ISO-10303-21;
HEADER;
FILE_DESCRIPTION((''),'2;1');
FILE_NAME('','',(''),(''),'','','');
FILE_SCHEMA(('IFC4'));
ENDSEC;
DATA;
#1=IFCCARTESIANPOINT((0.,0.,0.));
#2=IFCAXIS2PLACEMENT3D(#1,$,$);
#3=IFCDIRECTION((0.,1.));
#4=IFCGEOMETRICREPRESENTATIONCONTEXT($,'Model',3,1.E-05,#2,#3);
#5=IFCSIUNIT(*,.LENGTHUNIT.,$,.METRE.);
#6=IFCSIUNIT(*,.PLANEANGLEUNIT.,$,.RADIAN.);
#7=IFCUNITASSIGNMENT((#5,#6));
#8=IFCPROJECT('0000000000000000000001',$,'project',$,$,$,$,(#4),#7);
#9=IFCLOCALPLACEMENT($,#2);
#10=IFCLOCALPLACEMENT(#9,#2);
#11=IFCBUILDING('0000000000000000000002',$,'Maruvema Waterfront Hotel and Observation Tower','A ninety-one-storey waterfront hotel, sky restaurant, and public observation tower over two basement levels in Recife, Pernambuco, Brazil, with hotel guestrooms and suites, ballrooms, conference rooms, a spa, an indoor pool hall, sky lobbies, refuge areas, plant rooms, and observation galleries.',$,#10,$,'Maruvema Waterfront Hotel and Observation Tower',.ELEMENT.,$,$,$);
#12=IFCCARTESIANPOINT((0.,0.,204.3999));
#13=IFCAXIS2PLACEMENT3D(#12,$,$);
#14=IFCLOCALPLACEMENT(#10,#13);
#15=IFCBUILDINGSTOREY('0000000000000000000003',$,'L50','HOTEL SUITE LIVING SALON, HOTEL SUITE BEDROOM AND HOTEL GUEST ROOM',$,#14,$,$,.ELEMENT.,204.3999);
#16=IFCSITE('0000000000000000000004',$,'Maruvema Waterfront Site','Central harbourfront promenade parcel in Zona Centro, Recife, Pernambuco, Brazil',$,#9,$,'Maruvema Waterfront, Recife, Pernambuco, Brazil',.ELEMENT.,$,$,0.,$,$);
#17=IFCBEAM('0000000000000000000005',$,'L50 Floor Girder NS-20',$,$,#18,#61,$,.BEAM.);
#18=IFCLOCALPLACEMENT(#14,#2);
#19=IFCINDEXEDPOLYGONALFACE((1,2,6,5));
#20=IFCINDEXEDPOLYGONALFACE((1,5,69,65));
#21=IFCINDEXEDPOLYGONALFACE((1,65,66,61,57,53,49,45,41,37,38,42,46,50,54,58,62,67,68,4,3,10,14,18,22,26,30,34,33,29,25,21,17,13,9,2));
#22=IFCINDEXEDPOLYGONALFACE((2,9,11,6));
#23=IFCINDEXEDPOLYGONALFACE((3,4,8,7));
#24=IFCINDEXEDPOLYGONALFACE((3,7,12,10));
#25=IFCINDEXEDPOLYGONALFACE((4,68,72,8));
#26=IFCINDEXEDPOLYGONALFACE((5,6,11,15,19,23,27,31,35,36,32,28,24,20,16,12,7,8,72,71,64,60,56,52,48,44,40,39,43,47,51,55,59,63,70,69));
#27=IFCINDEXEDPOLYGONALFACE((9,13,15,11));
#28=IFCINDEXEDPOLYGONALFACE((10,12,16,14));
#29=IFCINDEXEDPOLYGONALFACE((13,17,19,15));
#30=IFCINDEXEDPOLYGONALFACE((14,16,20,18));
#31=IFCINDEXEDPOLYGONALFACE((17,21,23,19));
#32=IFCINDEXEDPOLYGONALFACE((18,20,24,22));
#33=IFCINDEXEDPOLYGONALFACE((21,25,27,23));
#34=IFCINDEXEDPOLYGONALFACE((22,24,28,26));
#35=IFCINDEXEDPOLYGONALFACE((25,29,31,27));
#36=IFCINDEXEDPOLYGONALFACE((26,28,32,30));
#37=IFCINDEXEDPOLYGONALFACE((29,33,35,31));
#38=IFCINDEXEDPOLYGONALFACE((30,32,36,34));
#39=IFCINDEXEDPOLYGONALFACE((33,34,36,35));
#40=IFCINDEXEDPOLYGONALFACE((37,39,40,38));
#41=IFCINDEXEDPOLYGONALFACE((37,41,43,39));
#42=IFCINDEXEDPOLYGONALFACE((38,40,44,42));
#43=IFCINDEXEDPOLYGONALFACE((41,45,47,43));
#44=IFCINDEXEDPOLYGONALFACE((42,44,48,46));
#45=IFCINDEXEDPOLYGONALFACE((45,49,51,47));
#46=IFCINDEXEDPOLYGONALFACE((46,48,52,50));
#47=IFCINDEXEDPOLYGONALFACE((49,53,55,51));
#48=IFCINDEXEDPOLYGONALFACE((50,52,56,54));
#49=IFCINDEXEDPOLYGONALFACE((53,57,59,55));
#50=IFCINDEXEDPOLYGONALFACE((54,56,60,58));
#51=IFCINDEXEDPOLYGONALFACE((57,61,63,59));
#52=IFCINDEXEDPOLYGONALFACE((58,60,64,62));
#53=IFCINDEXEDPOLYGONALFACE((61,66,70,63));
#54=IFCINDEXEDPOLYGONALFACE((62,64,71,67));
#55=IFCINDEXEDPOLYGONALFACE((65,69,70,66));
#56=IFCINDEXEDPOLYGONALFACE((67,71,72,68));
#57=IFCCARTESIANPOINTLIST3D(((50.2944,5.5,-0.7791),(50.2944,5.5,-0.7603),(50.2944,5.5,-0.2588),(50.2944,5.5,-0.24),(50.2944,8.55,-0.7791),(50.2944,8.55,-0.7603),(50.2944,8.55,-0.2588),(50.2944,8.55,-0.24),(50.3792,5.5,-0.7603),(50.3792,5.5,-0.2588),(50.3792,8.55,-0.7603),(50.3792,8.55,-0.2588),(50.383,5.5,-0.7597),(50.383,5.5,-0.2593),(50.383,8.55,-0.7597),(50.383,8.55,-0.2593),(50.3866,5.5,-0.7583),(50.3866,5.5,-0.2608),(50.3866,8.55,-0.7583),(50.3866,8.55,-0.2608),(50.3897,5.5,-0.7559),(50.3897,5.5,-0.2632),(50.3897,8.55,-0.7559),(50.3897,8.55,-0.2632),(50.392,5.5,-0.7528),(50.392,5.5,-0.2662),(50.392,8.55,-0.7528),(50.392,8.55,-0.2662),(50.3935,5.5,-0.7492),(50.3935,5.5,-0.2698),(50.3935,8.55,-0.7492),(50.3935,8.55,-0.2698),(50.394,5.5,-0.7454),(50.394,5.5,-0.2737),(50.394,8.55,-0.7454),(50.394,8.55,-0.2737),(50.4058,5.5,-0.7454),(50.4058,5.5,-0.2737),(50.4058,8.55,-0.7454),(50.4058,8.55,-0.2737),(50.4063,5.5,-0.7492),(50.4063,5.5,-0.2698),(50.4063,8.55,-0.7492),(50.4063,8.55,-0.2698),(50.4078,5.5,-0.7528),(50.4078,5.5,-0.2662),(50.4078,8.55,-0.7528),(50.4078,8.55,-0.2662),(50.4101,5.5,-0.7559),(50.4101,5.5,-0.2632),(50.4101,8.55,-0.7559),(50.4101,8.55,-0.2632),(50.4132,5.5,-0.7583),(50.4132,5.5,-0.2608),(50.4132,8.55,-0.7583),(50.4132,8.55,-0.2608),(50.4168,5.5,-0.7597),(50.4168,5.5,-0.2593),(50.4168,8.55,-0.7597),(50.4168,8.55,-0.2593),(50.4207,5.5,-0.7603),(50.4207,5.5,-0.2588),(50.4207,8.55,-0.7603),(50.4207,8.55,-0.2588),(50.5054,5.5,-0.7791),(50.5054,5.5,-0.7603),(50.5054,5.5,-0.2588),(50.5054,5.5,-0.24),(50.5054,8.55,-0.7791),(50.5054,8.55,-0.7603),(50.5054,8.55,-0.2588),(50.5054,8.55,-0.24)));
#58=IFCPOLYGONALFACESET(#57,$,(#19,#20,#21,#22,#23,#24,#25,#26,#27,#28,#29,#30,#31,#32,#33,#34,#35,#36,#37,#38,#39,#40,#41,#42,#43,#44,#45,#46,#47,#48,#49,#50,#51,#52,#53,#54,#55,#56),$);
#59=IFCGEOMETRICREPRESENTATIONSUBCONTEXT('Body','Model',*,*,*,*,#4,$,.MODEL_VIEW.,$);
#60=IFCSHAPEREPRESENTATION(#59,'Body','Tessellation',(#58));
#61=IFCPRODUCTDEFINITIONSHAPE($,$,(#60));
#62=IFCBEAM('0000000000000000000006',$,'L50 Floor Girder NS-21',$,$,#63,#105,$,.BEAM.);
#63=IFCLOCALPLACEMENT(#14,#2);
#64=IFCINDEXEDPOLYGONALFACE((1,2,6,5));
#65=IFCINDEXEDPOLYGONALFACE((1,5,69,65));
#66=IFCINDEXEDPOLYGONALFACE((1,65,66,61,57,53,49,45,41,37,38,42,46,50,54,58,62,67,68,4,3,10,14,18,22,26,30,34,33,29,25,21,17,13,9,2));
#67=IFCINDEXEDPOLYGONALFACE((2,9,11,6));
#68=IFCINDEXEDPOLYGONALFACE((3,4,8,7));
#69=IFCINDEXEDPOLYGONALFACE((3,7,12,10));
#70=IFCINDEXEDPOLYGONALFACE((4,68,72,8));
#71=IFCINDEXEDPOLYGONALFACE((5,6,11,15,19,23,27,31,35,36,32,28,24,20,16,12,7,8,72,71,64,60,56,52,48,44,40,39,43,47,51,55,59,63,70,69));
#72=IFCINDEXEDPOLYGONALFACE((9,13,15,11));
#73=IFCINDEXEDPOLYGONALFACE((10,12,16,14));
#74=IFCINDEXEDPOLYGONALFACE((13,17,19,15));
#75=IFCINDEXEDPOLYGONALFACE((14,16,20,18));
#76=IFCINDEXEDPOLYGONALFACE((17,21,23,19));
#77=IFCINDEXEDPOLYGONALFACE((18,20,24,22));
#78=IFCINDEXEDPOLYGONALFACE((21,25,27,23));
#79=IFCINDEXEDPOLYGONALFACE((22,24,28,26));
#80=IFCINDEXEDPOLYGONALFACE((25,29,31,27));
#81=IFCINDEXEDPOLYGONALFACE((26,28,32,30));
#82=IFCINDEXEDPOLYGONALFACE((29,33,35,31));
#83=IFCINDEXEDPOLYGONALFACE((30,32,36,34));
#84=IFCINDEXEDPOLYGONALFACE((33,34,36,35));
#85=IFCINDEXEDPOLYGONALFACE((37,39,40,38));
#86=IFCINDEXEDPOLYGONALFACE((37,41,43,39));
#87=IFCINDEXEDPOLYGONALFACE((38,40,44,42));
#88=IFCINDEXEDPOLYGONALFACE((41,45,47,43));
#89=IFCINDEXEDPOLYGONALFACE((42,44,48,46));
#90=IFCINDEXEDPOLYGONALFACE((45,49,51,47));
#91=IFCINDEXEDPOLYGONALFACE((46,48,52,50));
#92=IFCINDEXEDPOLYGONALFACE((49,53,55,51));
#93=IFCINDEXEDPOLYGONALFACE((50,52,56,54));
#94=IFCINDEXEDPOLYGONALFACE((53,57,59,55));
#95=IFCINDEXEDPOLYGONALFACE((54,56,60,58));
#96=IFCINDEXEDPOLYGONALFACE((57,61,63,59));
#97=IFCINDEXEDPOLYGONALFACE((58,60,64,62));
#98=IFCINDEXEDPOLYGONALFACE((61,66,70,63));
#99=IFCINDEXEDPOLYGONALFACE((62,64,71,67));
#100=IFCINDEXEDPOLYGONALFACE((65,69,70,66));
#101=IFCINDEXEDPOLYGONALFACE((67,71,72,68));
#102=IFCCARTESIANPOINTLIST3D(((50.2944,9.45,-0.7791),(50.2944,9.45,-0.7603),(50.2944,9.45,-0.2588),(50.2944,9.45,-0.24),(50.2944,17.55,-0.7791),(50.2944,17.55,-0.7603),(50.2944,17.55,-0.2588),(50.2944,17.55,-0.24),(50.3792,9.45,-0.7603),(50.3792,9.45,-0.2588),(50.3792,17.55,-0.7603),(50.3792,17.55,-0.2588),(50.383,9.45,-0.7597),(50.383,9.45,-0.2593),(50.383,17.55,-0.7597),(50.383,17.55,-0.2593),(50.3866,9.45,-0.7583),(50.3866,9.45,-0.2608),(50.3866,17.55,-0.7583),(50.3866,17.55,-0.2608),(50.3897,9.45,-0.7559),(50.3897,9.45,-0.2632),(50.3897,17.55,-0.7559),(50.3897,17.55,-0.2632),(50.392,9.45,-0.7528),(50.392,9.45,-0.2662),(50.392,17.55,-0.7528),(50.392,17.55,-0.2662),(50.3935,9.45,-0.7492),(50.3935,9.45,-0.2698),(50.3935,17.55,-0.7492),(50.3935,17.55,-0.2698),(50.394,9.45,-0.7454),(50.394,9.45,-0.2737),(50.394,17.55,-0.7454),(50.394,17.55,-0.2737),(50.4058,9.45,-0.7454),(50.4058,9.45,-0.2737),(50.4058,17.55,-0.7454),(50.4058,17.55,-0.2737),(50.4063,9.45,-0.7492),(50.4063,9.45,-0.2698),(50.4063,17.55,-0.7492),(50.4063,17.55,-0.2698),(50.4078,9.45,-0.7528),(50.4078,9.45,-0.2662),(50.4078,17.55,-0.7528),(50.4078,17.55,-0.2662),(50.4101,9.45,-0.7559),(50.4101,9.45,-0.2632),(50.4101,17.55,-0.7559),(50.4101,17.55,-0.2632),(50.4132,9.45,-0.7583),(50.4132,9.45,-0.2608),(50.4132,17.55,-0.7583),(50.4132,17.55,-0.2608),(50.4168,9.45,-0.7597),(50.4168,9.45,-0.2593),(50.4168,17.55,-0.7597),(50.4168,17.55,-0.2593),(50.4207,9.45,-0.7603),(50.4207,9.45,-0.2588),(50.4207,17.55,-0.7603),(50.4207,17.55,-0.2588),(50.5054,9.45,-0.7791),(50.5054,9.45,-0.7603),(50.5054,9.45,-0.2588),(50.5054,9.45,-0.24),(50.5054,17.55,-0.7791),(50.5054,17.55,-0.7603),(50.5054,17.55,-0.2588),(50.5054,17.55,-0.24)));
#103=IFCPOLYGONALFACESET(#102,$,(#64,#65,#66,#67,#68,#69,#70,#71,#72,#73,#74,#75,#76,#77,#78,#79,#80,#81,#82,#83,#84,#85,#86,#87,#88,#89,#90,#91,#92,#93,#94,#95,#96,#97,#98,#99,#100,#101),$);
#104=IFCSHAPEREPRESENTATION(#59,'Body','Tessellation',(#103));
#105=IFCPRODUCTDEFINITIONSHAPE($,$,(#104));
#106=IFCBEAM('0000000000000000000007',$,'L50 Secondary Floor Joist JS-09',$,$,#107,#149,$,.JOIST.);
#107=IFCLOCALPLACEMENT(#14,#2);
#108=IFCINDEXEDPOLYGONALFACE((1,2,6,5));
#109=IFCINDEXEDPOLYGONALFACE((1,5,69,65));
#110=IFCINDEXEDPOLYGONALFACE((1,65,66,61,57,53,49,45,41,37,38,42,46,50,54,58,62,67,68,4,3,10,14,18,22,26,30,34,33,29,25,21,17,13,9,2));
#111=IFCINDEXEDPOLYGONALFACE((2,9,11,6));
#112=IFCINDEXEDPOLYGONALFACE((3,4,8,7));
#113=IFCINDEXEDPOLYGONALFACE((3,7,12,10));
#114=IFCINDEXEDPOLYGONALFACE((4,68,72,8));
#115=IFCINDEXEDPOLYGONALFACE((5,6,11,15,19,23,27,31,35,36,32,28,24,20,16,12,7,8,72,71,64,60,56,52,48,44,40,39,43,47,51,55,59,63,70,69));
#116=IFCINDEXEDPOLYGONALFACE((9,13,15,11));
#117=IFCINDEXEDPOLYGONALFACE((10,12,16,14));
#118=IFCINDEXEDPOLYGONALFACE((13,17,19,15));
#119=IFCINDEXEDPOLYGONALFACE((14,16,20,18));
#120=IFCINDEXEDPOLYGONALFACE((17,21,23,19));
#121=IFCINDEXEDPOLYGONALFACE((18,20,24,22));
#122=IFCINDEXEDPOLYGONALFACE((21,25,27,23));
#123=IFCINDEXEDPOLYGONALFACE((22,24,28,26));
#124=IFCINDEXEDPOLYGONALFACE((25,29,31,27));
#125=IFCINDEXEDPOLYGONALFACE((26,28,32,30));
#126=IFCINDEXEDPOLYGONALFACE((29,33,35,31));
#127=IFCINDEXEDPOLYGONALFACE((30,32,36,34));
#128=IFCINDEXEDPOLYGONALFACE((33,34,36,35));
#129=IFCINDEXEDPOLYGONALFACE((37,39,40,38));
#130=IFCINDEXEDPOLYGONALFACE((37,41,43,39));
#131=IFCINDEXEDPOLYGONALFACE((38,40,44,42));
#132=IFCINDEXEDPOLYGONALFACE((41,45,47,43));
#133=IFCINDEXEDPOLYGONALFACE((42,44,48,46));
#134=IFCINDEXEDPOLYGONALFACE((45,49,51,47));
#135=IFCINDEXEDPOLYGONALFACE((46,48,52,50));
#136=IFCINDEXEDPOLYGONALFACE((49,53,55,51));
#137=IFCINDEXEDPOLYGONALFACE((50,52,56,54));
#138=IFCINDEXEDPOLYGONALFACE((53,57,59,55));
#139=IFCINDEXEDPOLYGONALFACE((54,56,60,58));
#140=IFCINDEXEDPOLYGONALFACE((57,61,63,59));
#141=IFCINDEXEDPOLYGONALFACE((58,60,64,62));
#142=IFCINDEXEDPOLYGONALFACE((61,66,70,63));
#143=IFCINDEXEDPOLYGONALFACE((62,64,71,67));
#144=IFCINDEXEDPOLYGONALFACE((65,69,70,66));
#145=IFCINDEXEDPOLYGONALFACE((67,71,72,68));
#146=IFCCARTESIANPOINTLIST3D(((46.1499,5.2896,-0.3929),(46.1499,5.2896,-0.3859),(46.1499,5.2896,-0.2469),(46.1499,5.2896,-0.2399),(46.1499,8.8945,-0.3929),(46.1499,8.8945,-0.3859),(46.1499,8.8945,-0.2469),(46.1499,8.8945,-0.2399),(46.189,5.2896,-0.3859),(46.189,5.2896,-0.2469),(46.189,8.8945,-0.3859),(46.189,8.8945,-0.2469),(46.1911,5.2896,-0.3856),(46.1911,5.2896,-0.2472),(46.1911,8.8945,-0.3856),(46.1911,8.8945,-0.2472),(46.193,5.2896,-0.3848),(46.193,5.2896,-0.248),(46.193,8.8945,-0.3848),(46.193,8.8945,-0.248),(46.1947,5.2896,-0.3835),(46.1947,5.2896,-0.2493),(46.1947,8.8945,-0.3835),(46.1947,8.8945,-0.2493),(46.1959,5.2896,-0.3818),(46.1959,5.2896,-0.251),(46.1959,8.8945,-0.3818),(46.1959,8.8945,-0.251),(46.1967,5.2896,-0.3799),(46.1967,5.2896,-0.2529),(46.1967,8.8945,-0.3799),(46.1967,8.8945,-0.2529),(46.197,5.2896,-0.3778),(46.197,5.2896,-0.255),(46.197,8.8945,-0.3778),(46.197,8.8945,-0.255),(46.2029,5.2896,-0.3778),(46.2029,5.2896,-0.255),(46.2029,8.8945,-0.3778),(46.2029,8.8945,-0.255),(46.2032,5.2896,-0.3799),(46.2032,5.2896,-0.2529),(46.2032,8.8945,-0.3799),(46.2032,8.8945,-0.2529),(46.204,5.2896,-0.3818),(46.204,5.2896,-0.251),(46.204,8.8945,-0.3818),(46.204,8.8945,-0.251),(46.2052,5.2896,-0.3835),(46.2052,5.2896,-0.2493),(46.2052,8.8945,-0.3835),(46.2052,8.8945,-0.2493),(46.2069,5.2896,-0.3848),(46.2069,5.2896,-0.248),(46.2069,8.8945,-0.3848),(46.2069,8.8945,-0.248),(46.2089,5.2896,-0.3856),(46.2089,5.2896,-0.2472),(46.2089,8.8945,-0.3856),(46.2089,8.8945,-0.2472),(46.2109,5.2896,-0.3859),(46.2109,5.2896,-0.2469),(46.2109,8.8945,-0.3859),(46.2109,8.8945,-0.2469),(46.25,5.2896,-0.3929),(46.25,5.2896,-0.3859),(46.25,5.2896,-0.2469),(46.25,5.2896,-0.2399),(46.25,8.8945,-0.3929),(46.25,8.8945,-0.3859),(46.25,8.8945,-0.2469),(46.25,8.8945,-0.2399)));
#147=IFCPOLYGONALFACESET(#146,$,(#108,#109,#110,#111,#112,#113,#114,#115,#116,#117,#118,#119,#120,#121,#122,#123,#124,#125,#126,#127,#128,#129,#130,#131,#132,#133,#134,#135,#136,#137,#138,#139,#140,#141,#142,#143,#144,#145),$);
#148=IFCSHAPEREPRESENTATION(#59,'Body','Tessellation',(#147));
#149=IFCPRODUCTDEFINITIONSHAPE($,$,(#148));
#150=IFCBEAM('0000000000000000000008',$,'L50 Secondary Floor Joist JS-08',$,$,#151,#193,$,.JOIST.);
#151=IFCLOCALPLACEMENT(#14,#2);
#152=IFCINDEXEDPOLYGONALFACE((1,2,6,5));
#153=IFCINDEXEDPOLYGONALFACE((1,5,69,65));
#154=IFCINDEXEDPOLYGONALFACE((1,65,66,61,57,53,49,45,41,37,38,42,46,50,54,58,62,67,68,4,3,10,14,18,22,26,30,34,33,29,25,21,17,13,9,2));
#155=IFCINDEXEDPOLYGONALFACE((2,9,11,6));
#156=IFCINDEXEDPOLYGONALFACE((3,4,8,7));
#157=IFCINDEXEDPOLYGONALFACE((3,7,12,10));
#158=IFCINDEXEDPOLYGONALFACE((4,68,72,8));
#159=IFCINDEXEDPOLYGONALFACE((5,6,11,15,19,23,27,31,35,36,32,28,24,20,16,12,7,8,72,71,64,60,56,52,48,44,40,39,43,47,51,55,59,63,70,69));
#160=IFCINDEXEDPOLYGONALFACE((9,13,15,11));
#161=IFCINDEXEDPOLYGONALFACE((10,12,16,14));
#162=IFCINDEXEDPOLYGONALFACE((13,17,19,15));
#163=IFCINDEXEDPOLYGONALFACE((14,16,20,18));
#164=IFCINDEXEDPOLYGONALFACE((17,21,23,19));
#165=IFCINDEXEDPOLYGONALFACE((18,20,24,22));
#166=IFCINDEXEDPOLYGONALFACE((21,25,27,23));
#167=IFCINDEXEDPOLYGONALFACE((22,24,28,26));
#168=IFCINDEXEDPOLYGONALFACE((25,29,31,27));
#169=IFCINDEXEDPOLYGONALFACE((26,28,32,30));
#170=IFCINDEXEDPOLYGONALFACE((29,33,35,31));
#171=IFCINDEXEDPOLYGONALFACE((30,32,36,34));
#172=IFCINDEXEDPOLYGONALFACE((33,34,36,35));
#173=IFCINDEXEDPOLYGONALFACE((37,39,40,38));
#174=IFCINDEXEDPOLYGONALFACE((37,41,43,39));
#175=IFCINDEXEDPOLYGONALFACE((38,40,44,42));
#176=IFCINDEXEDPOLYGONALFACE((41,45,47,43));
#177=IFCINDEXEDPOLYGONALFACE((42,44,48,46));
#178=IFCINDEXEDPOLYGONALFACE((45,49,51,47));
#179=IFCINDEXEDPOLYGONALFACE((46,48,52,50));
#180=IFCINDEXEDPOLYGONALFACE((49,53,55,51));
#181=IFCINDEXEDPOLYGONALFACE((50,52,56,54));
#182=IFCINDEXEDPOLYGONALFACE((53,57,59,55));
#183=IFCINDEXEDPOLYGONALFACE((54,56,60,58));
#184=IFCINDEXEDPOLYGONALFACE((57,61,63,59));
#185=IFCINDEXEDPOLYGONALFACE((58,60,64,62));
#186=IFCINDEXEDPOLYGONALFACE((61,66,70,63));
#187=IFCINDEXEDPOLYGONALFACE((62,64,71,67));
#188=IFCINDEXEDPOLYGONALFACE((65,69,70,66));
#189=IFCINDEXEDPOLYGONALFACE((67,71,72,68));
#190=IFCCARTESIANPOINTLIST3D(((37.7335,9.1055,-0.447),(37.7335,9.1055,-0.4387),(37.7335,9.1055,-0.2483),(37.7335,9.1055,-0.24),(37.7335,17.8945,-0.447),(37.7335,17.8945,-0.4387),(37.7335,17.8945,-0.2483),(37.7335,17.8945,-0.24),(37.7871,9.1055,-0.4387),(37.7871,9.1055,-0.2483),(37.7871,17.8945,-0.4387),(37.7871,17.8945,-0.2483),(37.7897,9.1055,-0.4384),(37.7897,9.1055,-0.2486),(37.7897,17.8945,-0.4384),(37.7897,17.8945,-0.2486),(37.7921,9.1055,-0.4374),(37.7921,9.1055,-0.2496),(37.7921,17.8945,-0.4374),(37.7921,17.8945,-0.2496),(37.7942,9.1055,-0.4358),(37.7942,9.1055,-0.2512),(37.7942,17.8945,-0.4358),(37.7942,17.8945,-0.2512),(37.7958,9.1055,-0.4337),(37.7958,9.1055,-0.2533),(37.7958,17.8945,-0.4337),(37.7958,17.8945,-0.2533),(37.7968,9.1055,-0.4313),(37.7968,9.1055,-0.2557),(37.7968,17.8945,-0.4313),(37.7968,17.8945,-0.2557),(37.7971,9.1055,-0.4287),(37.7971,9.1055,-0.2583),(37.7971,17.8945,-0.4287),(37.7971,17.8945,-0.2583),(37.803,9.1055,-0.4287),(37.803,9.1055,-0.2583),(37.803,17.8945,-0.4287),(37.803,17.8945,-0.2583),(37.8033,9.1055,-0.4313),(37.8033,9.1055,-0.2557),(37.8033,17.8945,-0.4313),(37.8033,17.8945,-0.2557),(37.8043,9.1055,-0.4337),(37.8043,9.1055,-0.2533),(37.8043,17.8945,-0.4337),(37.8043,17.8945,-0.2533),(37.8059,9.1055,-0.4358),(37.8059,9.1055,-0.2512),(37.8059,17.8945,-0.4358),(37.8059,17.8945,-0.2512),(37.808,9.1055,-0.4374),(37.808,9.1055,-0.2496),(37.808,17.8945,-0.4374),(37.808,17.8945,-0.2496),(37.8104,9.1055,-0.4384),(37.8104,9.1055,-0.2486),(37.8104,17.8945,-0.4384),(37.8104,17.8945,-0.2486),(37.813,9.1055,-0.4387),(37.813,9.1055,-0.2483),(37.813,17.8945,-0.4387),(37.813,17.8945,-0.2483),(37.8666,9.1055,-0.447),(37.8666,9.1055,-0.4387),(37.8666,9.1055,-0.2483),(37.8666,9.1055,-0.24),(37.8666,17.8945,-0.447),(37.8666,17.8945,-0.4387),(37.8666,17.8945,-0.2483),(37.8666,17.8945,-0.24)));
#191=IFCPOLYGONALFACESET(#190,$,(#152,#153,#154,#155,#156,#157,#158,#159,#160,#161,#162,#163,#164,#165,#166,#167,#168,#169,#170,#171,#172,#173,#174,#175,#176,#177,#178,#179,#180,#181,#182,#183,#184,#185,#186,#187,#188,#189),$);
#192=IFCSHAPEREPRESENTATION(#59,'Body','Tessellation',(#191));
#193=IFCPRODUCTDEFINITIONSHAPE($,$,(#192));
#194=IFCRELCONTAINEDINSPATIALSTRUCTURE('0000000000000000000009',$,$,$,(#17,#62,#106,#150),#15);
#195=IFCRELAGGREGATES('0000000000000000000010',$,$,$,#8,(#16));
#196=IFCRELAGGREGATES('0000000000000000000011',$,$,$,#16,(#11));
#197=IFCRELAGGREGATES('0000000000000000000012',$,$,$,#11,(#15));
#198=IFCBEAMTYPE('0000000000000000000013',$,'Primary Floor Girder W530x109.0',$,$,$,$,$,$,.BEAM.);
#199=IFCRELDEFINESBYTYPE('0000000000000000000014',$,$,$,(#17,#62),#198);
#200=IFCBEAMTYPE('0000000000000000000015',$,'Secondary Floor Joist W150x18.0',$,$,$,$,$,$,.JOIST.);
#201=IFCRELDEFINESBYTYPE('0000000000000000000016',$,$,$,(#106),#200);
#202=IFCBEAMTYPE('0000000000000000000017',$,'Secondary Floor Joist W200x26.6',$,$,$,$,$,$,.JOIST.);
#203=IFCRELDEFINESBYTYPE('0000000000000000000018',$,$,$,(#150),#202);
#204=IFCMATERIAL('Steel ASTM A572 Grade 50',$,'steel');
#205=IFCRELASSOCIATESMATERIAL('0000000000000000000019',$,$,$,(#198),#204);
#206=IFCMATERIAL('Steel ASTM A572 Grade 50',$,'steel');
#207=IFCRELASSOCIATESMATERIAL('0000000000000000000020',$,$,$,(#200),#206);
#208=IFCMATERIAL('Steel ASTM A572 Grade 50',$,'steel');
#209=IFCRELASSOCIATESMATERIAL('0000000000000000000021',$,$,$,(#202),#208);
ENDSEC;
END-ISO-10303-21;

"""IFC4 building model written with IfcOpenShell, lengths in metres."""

from ifc_helpers import new_model, si_unit, direction, frame, origin, origin_2d, place, context, subcontext, project, spatial, i_section, extrude, material, material_profile, profile_set, type_object, element, save


model = new_model("IFC4")

# Units and contexts
model_context = context("Model", 3, precision=1e-05, world=origin(), true_north=direction((0.0, 1.0)))
body_context = subcontext(model_context, "Body", "Model", "MODEL_VIEW")
ifc_project = project(units=[si_unit("LENGTHUNIT", "METRE"), si_unit("PLANEANGLEUNIT", "RADIAN")], contexts=[model_context])

# Site, building, storey
site_placement = place(None, origin())
site = spatial("IfcSite", under=ifc_project, at=site_placement, Name="Maruvema Waterfront Site", Description="Central harbourfront promenade parcel in Zona Centro, Recife, Pernambuco, Brazil", LongName="Maruvema Waterfront, Recife, Pernambuco, Brazil", CompositionType="ELEMENT", RefElevation=0.0)
building_placement = place(site_placement, origin())
building = spatial("IfcBuilding", under=site, at=building_placement, Name="Maruvema Waterfront Hotel and Observation Tower", Description="A ninety-one-storey waterfront hotel, sky restaurant, and public observation tower over two basement levels in Recife, Pernambuco, Brazil, with hotel guestrooms and suites, ballrooms, conference rooms, a spa, an indoor pool hall, sky lobbies, refuge areas, plant rooms, and observation galleries.", LongName="Maruvema Waterfront Hotel and Observation Tower", CompositionType="ELEMENT")
storey_placement = place(building_placement, frame((0.0, 0.0, 204.3999)))
storey = spatial("IfcBuildingStorey", under=building, at=storey_placement, Name="L50", Description="HOTEL SUITE LIVING SALON, HOTEL SUITE BEDROOM AND HOTEL GUEST ROOM", CompositionType="ELEMENT", Elevation=204.3999)

# Beams
ifc_material_1 = material(Name="Steel ASTM A572 Grade 50", Category="steel")
ifc_material_profile_1 = material_profile(ifc_material_1, i_section(OverallWidth=0.2109, OverallDepth=0.5391, WebThickness=0.0117, FlangeThickness=0.0188, FilletRadius=0.0149, at=origin_2d()), Name="W530x109.0")
ifc_profile_set_1 = profile_set([ifc_material_profile_1], Name="Steel ASTM A572 Grade 50")
beam_type_1 = type_object("IfcBeamType", Name="Primary Floor Girder W530x109.0", PredefinedType="BEAM", material=ifc_profile_set_1)
beam_1_placement = place(storey_placement, frame((50.3999, 5.5, -0.5095), z_axis=(0.0, 1.0, 0.0), x_axis=(-1.0, 0.0, 0.0)))
element("IfcBeam", 1, at=beam_1_placement, inside=storey, type_object=beam_type_1, Name="L50 Floor Girder NS-20", PredefinedType="BEAM", context=body_context, shape_type="SweptSolid", body=[
    extrude(i_section(OverallWidth=0.2109, OverallDepth=0.5391, WebThickness=0.0117, FlangeThickness=0.0188, FilletRadius=0.0149, at=origin_2d()), origin(), (0.0, 0.0, 1.0), 3.05),
])
beam_2_placement = place(storey_placement, frame((50.3999, 9.45, -0.5095), z_axis=(0.0, 1.0, 0.0), x_axis=(-1.0, 0.0, 0.0)))
element("IfcBeam", 2, at=beam_2_placement, inside=storey, type_object=beam_type_1, Name="L50 Floor Girder NS-21", PredefinedType="BEAM", context=body_context, shape_type="SweptSolid", body=[
    extrude(i_section(OverallWidth=0.2109, OverallDepth=0.5391, WebThickness=0.0117, FlangeThickness=0.0188, FilletRadius=0.0149, at=origin_2d()), origin(), (0.0, 0.0, 1.0), 8.1001),
])
ifc_material_2 = material(Name="Steel ASTM A572 Grade 50", Category="steel")
ifc_material_profile_2 = material_profile(ifc_material_2, i_section(OverallWidth=0.1001, OverallDepth=0.1531, WebThickness=0.0059, FlangeThickness=0.0071, FilletRadius=0.0081, at=origin_2d()), Name="W150x18.0")
ifc_profile_set_2 = profile_set([ifc_material_profile_2], Name="Steel ASTM A572 Grade 50")
beam_type_2 = type_object("IfcBeamType", Name="Secondary Floor Joist W150x18.0", PredefinedType="JOIST", material=ifc_profile_set_2)
beam_3_placement = place(storey_placement, frame((46.2, 5.2896, -0.3164), z_axis=(0.0, 1.0, 0.0), x_axis=(-1.0, 0.0, 0.0)))
element("IfcBeam", 3, at=beam_3_placement, inside=storey, type_object=beam_type_2, Name="L50 Secondary Floor Joist JS-09", PredefinedType="JOIST", context=body_context, shape_type="SweptSolid", body=[
    extrude(i_section(OverallWidth=0.1001, OverallDepth=0.1531, WebThickness=0.0059, FlangeThickness=0.0071, FilletRadius=0.0081, at=origin_2d()), origin(), (0.0, 0.0, 1.0), 3.605),
])
ifc_material_3 = material(Name="Steel ASTM A572 Grade 50", Category="steel")
ifc_material_profile_3 = material_profile(ifc_material_3, i_section(OverallWidth=0.1331, OverallDepth=0.207, WebThickness=0.0059, FlangeThickness=0.0083, FilletRadius=0.01, at=origin_2d()), Name="W200x26.6")
ifc_profile_set_3 = profile_set([ifc_material_profile_3], Name="Steel ASTM A572 Grade 50")
beam_type_3 = type_object("IfcBeamType", Name="Secondary Floor Joist W200x26.6", PredefinedType="JOIST", material=ifc_profile_set_3)
beam_4_placement = place(storey_placement, frame((37.8, 9.1055, -0.3435), z_axis=(0.0, 1.0, 0.0), x_axis=(-1.0, 0.0, 0.0)))
element("IfcBeam", 4, at=beam_4_placement, inside=storey, type_object=beam_type_3, Name="L50 Secondary Floor Joist JS-08", PredefinedType="JOIST", context=body_context, shape_type="SweptSolid", body=[
    extrude(i_section(OverallWidth=0.1331, OverallDepth=0.207, WebThickness=0.0059, FlangeThickness=0.0083, FilletRadius=0.01, at=origin_2d()), origin(), (0.0, 0.0, 1.0), 8.7891),
])

save(model, "model.ifc")
